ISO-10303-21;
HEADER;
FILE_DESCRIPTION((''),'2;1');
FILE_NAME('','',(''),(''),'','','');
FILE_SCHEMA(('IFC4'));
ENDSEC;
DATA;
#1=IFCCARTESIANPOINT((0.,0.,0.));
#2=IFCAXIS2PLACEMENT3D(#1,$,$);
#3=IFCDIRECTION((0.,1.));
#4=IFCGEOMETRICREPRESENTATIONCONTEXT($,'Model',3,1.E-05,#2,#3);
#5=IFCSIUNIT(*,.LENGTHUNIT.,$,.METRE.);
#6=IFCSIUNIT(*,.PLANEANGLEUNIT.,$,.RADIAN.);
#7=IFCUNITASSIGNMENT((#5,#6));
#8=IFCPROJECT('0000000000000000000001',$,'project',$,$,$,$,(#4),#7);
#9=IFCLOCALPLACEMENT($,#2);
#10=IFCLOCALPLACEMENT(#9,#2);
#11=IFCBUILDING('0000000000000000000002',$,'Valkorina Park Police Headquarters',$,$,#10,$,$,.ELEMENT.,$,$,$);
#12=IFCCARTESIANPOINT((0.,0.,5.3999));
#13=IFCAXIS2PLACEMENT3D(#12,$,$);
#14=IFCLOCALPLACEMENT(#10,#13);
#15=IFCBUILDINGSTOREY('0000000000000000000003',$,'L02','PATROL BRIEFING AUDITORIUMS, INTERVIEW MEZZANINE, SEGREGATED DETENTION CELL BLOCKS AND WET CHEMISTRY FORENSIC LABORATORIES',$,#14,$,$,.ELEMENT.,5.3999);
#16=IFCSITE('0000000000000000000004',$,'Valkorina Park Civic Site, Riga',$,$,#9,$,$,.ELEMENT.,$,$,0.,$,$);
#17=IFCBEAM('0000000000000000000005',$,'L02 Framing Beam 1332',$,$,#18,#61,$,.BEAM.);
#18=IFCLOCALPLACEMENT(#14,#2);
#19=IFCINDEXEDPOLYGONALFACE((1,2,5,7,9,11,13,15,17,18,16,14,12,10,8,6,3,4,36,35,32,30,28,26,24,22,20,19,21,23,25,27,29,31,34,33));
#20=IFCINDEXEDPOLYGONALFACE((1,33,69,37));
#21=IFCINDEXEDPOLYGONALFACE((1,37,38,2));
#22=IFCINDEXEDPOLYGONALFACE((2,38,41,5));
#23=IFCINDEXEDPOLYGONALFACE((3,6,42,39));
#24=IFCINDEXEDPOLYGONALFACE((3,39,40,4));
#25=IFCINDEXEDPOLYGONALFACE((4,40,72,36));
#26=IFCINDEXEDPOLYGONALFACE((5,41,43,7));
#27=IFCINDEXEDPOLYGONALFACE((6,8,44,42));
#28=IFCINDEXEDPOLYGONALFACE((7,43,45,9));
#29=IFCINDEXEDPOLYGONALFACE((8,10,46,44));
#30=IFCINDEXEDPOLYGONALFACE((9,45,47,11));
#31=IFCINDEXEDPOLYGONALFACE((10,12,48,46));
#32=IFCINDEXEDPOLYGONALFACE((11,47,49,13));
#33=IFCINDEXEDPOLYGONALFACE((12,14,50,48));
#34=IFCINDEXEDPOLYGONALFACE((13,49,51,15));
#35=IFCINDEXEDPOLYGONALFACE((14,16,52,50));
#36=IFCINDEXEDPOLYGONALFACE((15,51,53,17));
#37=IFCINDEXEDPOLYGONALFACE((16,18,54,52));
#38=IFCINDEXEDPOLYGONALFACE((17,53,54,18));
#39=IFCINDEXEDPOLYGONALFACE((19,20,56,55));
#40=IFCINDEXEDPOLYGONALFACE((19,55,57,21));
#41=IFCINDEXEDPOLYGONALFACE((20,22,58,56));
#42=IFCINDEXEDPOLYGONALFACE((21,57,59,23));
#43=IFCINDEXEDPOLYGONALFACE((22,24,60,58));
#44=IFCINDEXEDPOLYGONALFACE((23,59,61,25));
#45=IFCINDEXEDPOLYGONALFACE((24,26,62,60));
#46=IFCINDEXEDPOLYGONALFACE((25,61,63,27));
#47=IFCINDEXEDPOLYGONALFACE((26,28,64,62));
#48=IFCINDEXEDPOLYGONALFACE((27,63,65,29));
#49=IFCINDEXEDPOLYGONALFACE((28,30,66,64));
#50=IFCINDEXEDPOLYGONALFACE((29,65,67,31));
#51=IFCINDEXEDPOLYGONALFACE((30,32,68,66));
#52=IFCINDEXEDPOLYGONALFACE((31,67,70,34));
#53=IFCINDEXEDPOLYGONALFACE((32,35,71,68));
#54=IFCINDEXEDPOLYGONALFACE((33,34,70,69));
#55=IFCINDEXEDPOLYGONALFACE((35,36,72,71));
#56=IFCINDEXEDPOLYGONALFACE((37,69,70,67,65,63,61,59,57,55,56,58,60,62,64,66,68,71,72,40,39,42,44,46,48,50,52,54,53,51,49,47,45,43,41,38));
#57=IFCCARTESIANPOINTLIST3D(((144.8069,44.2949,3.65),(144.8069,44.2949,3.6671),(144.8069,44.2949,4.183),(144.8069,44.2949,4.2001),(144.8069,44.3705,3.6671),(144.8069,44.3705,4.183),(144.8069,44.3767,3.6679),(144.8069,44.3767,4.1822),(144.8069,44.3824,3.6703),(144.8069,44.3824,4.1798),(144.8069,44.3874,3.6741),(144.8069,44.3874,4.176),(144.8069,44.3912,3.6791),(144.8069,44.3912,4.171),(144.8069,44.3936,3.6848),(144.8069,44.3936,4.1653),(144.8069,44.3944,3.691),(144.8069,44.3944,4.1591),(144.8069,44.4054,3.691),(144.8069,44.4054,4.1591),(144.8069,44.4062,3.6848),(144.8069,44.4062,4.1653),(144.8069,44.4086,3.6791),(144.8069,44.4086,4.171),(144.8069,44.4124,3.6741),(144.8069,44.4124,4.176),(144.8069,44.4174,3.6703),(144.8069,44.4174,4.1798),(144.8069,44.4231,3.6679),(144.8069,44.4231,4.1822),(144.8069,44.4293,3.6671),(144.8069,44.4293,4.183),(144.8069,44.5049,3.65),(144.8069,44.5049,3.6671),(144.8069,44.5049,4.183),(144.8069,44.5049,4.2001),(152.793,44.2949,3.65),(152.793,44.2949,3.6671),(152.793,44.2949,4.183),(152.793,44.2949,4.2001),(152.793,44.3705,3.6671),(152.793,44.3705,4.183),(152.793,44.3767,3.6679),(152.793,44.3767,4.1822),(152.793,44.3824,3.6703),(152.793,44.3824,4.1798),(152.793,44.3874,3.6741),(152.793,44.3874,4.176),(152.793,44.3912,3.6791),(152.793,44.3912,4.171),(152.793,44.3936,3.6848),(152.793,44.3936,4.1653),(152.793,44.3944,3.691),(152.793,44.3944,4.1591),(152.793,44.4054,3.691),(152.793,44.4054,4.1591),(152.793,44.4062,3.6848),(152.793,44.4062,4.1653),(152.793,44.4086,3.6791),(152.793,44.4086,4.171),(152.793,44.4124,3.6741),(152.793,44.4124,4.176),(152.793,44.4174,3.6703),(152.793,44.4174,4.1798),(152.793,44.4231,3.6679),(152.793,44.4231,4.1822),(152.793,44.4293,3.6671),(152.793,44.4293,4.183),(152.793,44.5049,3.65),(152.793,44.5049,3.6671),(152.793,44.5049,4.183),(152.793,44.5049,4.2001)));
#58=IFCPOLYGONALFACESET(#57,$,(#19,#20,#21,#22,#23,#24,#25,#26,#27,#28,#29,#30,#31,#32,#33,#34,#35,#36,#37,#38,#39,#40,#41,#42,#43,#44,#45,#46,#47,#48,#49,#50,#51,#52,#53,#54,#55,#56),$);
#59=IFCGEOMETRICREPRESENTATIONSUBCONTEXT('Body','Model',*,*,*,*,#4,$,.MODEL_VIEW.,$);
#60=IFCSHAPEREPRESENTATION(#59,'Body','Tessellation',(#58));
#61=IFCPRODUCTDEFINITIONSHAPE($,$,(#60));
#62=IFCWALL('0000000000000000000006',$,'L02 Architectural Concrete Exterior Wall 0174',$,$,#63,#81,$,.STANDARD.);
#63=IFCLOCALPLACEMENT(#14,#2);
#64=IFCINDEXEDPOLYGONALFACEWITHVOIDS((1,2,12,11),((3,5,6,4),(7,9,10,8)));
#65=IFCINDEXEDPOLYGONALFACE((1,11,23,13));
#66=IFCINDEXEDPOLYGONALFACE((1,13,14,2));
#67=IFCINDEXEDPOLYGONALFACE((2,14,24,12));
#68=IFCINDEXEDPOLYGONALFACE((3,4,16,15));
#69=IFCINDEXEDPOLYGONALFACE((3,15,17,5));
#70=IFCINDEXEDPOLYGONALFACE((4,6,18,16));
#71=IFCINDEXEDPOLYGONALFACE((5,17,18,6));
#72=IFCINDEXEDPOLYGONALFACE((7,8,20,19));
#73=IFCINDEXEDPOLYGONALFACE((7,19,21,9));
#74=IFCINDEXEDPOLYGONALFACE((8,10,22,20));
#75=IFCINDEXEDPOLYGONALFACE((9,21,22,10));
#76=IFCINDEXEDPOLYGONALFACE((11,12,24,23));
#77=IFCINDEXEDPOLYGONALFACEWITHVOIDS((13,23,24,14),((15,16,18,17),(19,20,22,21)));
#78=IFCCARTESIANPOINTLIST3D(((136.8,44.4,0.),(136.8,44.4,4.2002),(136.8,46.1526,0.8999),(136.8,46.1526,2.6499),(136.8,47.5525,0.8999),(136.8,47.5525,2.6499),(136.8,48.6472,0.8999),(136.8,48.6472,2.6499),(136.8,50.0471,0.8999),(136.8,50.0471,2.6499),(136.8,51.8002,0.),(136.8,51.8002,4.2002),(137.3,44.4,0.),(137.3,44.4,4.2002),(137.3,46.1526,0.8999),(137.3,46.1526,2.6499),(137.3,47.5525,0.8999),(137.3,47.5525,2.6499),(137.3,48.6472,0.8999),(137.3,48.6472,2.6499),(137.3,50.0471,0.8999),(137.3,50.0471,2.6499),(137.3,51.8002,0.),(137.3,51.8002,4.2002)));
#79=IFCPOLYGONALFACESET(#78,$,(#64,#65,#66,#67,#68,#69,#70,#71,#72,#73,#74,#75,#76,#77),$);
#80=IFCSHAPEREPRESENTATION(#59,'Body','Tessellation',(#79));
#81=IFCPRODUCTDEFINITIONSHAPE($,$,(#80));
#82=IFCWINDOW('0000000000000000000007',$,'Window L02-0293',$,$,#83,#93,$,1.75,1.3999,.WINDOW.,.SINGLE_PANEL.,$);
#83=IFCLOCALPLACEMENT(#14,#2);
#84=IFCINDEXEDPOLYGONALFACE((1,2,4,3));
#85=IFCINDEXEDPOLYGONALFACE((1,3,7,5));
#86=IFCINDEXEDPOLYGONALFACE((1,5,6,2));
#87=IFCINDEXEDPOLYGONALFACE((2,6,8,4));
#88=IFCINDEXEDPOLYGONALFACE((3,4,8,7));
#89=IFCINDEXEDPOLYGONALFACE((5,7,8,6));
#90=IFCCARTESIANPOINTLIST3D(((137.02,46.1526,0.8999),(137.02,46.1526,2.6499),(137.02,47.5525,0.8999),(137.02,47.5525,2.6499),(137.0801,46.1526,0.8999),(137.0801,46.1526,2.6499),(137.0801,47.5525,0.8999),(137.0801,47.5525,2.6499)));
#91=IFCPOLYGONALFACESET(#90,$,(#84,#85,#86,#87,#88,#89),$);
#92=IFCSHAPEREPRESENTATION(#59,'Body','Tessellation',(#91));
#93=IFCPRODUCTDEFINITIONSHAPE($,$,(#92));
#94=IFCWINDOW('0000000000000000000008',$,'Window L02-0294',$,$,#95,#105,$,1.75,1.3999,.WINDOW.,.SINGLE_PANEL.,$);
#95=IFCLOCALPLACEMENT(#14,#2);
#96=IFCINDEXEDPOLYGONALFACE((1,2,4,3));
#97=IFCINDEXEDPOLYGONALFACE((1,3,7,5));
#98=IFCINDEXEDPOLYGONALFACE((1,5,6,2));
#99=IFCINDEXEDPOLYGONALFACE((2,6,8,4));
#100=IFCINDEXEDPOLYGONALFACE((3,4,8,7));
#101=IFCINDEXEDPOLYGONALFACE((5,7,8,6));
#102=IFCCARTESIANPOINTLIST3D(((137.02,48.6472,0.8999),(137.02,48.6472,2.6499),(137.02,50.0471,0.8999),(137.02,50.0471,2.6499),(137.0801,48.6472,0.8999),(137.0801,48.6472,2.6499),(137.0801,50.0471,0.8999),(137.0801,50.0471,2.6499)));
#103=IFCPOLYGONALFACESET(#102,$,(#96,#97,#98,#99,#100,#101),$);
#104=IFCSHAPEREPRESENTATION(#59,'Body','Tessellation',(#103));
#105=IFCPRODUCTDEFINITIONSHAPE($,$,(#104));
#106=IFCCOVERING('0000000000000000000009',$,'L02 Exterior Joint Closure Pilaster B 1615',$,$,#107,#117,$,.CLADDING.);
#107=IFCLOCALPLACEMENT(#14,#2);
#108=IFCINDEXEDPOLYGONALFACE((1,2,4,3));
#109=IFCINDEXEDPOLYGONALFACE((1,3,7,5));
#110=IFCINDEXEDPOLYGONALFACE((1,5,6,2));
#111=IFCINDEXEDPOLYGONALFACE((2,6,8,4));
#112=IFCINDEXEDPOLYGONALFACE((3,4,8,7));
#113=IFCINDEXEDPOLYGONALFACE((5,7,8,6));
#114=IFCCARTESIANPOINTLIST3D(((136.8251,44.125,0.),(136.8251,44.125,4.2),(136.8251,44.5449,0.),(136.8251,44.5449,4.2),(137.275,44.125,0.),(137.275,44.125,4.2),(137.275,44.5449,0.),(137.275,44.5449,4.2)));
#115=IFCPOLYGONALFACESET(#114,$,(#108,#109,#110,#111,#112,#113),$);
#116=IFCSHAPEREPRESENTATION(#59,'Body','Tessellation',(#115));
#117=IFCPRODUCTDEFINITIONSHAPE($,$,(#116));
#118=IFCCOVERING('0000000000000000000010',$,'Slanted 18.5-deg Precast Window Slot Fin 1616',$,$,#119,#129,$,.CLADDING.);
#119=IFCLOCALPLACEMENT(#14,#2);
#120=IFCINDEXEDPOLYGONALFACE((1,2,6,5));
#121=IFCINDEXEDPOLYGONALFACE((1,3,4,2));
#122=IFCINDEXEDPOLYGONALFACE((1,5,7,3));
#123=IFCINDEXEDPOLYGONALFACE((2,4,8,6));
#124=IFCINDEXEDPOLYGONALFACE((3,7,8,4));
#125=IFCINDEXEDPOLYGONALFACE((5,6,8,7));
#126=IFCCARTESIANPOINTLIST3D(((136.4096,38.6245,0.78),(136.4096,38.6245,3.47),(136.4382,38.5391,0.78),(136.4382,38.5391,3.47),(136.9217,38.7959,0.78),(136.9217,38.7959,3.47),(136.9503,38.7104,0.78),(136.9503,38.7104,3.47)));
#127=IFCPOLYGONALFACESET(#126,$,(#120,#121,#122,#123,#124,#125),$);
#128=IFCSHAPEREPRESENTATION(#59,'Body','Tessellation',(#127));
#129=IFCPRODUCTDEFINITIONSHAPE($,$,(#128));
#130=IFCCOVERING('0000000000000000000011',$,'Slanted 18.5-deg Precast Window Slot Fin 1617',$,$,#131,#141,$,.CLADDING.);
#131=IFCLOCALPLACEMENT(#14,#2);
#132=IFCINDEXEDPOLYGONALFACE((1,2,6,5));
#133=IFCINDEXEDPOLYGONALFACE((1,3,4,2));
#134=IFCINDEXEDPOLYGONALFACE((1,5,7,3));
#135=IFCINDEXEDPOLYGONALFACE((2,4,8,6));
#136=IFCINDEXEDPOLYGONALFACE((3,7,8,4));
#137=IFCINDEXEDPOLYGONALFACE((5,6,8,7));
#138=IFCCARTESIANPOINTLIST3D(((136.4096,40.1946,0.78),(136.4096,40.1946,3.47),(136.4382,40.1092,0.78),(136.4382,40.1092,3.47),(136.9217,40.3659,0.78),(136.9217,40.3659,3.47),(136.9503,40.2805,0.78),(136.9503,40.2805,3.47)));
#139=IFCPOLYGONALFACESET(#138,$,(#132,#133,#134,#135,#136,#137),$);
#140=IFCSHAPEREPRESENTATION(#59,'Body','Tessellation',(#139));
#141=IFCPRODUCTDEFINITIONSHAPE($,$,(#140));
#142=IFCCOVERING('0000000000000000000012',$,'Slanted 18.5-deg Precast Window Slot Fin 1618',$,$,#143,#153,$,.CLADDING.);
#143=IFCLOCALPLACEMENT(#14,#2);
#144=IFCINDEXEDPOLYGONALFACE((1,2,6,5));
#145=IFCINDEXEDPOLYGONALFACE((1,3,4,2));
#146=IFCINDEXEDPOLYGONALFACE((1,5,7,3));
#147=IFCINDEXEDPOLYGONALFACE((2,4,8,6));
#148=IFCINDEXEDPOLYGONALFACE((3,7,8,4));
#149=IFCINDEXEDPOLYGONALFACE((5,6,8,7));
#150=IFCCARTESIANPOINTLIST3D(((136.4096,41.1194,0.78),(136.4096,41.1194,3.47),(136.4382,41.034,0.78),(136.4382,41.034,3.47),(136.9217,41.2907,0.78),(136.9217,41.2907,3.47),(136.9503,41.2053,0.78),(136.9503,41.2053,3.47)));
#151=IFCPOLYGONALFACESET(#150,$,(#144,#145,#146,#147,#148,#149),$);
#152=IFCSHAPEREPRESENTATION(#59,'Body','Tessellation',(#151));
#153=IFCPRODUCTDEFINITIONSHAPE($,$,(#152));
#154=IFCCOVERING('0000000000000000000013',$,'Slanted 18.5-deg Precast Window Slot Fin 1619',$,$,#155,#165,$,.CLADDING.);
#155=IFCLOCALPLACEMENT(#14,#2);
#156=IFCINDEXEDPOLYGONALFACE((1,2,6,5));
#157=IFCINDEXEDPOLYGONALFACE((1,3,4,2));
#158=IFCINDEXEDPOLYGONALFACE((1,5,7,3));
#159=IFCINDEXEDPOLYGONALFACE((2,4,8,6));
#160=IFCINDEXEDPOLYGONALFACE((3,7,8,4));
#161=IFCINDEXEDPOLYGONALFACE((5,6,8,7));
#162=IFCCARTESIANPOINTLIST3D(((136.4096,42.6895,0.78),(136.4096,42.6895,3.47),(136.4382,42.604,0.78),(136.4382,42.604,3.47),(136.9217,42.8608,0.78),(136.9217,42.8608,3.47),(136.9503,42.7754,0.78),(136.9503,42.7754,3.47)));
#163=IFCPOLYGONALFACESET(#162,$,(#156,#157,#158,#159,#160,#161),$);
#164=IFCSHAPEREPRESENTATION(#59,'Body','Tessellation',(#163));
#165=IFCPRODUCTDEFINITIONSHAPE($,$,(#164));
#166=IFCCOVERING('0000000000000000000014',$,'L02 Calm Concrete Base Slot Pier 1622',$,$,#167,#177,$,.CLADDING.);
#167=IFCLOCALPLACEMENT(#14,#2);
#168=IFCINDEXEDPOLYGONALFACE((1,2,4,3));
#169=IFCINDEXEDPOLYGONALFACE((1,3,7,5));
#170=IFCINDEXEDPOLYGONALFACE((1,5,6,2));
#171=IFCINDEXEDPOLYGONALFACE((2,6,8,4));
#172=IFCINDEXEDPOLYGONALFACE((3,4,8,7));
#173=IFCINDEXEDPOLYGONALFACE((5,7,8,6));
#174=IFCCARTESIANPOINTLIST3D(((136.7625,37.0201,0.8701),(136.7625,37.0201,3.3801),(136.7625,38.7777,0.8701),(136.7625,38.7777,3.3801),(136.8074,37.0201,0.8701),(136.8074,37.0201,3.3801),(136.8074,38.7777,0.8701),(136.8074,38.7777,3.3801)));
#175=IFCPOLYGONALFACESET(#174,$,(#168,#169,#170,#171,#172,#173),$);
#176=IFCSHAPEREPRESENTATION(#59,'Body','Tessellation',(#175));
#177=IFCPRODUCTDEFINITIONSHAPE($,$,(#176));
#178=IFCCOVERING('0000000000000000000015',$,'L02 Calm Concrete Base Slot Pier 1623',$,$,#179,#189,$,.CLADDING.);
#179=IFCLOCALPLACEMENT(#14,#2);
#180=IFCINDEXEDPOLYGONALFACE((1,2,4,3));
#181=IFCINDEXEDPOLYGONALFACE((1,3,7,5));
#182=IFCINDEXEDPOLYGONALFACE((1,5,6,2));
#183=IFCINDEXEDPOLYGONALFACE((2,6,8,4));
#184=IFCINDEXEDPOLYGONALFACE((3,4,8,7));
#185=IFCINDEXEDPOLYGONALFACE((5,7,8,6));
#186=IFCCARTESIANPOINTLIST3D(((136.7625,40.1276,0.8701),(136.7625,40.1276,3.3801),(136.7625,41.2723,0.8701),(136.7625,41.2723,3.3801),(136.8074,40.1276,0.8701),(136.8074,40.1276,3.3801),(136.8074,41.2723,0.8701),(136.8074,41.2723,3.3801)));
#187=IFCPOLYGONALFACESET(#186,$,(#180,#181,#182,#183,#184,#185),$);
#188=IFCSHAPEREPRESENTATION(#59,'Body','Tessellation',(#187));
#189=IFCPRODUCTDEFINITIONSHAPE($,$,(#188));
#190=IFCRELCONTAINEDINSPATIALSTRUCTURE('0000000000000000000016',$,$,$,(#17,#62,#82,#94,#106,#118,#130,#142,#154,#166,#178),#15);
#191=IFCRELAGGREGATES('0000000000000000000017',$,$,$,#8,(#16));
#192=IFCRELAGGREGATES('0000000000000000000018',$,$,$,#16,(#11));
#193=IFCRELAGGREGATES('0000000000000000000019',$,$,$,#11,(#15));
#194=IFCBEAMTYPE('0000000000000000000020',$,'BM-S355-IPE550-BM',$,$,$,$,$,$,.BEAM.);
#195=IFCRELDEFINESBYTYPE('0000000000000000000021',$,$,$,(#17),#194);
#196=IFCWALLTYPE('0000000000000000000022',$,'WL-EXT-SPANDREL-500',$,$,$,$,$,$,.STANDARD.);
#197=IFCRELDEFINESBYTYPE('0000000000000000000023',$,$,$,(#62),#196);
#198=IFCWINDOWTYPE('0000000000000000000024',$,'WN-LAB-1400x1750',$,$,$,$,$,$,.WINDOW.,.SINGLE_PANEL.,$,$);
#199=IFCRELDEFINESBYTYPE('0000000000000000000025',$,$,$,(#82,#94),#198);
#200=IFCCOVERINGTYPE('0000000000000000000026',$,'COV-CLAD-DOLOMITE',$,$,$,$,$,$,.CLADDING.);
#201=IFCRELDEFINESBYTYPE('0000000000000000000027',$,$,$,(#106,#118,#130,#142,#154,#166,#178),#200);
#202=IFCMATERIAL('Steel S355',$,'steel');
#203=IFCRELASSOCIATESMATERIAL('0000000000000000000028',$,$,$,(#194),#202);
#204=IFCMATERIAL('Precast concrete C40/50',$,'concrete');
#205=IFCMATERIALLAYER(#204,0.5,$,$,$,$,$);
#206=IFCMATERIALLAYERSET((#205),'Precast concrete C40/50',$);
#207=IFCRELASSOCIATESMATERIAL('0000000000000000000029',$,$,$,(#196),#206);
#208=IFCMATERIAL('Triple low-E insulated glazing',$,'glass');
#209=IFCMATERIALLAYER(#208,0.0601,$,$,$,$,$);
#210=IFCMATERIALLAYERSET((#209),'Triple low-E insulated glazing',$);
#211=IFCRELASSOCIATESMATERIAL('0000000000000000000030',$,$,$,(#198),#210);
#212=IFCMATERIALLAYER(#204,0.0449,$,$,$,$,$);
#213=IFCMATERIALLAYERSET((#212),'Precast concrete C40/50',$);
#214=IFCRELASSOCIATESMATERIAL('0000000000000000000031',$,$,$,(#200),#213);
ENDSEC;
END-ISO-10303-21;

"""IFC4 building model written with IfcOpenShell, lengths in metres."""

from ifc_helpers import new_model, si_unit, direction, frame, frame_2d, origin, origin_2d, place, context, subcontext, project, spatial, rectangle, i_section, extrude, material, layer, layer_set, material_profile, profile_set, type_object, element, fill, save


model = new_model("IFC4")

# Units and contexts
model_context = context("Model", 3, precision=1e-05, world=origin(), true_north=direction((0.0, 1.0)))
body_context = subcontext(model_context, "Body", "Model", "MODEL_VIEW")
ifc_project = project(units=[si_unit("LENGTHUNIT", "METRE"), si_unit("PLANEANGLEUNIT", "RADIAN")], contexts=[model_context])

# Site, building, storey
site_placement = place(None, origin())
site = spatial("IfcSite", under=ifc_project, at=site_placement, Name="Valkorina Park Civic Site, Riga", CompositionType="ELEMENT", RefElevation=0.0)
building_placement = place(site_placement, origin())
building = spatial("IfcBuilding", under=site, at=building_placement, Name="Valkorina Park Police Headquarters", CompositionType="ELEMENT")
storey_placement = place(building_placement, frame((0.0, 0.0, 5.3999)))
storey = spatial("IfcBuildingStorey", under=building, at=storey_placement, Name="L02", Description="PATROL BRIEFING AUDITORIUMS, INTERVIEW MEZZANINE, SEGREGATED DETENTION CELL BLOCKS AND WET CHEMISTRY FORENSIC LABORATORIES", CompositionType="ELEMENT", Elevation=5.3999)

# Shared definitions
ifc_material_1 = material(Name="Steel S355", Category="steel")

# Beam
ifc_material_profile_1 = material_profile(ifc_material_1, i_section(OverallWidth=0.21, OverallDepth=0.55, WebThickness=0.011, FlangeThickness=0.0171, FilletRadius=0.0239, at=origin_2d()), Name="IPE 550")
ifc_profile_set_1 = profile_set([ifc_material_profile_1], Name="Steel S355")
beam_type_1 = type_object("IfcBeamType", Name="BM-S355-IPE550-BM", PredefinedType="BEAM", material=ifc_profile_set_1)
for number, where, z_axis, x_axis, name in (
    (1, (144.8069, 44.3999, 3.925), (1.0, 0.0, 0.0), (0.0, 1.0, 0.0), "L02 Framing Beam 1332"),
):
    element("IfcBeam", number, at=place(storey_placement, frame(where, z_axis=z_axis, x_axis=x_axis)), inside=storey, type_object=beam_type_1, Name=name, PredefinedType="BEAM", context=body_context, shape_type="SweptSolid", body=[
        extrude(i_section(OverallWidth=0.21, OverallDepth=0.55, WebThickness=0.011, FlangeThickness=0.0171, FilletRadius=0.0239, at=origin_2d()), origin(), (0.0, 0.0, 1.0), 7.9861),
    ])

# Wall, openings, windows
ifc_material_2 = material(Name="Precast concrete C40/50", Category="concrete")
ifc_layer_1 = layer(ifc_material_2, 0.5)
ifc_layer_set_1 = layer_set([ifc_layer_1], Name="Precast concrete C40/50")
wall_type = type_object("IfcWallType", Name="WL-EXT-SPANDREL-500", PredefinedType="STANDARD", material=ifc_layer_set_1)
wall_placement = place(storey_placement, frame((137.05, 44.3999, 0.0), z_axis=(0.0, 0.0, 1.0), x_axis=(0.0, 1.0, 0.0)))
wall = element("IfcWall", 2, at=wall_placement, inside=storey, type_object=wall_type, Name="L02 Architectural Concrete Exterior Wall 0174", PredefinedType="STANDARD", context=body_context, shape_type="SweptSolid", body=[
    extrude(rectangle(XDim=7.4001, YDim=0.5, at=frame_2d((3.7002, 0.0))), origin(), (0.0, 0.0, 1.0), 4.2002),
])
opening_1_placement = place(wall_placement, frame((1.7527, 0.0, 0.8999)))
opening_1 = element("IfcOpeningElement", 3, at=opening_1_placement, cuts=wall, PredefinedType="OPENING", context=body_context, shape_type="SweptSolid", body=[
    extrude(rectangle(XDim=1.3999, YDim=1.75, at=frame_2d((0.7, 0.875))), frame((0.0, 0.26, 0.0), z_axis=(0.0, -1.0, 0.0), x_axis=(1.0, 0.0, 0.0)), (0.0, 0.0, 1.0), 0.52),
])
opening_2_placement = place(wall_placement, frame((4.2473, 0.0, 0.8999)))
opening_2 = element("IfcOpeningElement", 4, at=opening_2_placement, cuts=wall, PredefinedType="OPENING", context=body_context, shape_type="SweptSolid", body=[
    extrude(rectangle(XDim=1.3999, YDim=1.75, at=frame_2d((0.7, 0.875))), frame((0.0, 0.26, 0.0), z_axis=(0.0, -1.0, 0.0), x_axis=(1.0, 0.0, 0.0)), (0.0, 0.0, 1.0), 0.52),
])
ifc_material_3 = material(Name="Triple low-E insulated glazing", Category="glass")
ifc_layer_2 = layer(ifc_material_3, 0.0601)
ifc_layer_set_2 = layer_set([ifc_layer_2], Name="Triple low-E insulated glazing")
window_type = type_object("IfcWindowType", Name="WN-LAB-1400x1750", PartitioningType="SINGLE_PANEL", PredefinedType="WINDOW", material=ifc_layer_set_2)
window_1_placement = place(opening_1_placement, origin())
window_1 = element("IfcWindow", 5, at=window_1_placement, inside=storey, type_object=window_type, Name="Window L02-0293", OverallHeight=1.75, OverallWidth=1.3999, PartitioningType="SINGLE_PANEL", PredefinedType="WINDOW", context=body_context, shape_type="SweptSolid", body=[
    extrude(rectangle(XDim=1.3999, YDim=1.75, at=frame_2d((0.7, 0.875))), frame((0.0, 0.03, 0.0), z_axis=(0.0, -1.0, 0.0), x_axis=(1.0, 0.0, 0.0)), (0.0, 0.0, 1.0), 0.0601),
])
fill(opening_1, window_1)
window_2_placement = place(opening_2_placement, origin())
window_2 = element("IfcWindow", 6, at=window_2_placement, inside=storey, type_object=window_type, Name="Window L02-0294", OverallHeight=1.75, OverallWidth=1.3999, PartitioningType="SINGLE_PANEL", PredefinedType="WINDOW", context=body_context, shape_type="SweptSolid", body=[
    extrude(rectangle(XDim=1.3999, YDim=1.75, at=frame_2d((0.7, 0.875))), frame((0.0, 0.03, 0.0), z_axis=(0.0, -1.0, 0.0), x_axis=(1.0, 0.0, 0.0)), (0.0, 0.0, 1.0), 0.0601),
])
fill(opening_2, window_2)

# Coverings
ifc_layer_3 = layer(ifc_material_2, 0.0449)
ifc_layer_set_3 = layer_set([ifc_layer_3], Name="Precast concrete C40/50")
covering_type = type_object("IfcCoveringType", Name="COV-CLAD-DOLOMITE", PredefinedType="CLADDING", material=ifc_layer_set_3)
covering_1_placement = place(storey_placement, frame((137.05, 44.335, 0.0), z_axis=(0.0, 0.0, 1.0), x_axis=(0.0, 1.0, 0.0)))
element("IfcCovering", 7, at=covering_1_placement, inside=storey, type_object=covering_type, Name="L02 Exterior Joint Closure Pilaster B 1615", PredefinedType="CLADDING", context=body_context, shape_type="SweptSolid", body=[
    extrude(rectangle(XDim=0.4199, YDim=0.45, at=origin_2d()), origin(), (0.0, 0.0, 1.0), 4.2),
])
for number, where, z_axis, x_axis, name in (
    (8, (136.6799, 38.6675, 0.78), (0.0, 0.0, 1.0), (-0.948324, -0.317305, 0.0), "Slanted 18.5-deg Precast Window Slot Fin 1616"),
    (9, (136.6799, 40.2375, 0.78), (0.0, 0.0, 1.0), (-0.948324, -0.317305, 0.0), "Slanted 18.5-deg Precast Window Slot Fin 1617"),
    (10, (136.6799, 41.1624, 0.78), (0.0, 0.0, 1.0), (-0.948324, -0.317305, 0.0), "Slanted 18.5-deg Precast Window Slot Fin 1618"),
    (11, (136.6799, 42.7324, 0.78), (0.0, 0.0, 1.0), (-0.948324, -0.317305, 0.0), "Slanted 18.5-deg Precast Window Slot Fin 1619"),
):
    element("IfcCovering", number, at=place(storey_placement, frame(where, z_axis=z_axis, x_axis=x_axis)), inside=storey, type_object=covering_type, Name=name, PredefinedType="CLADDING", context=body_context, shape_type="SweptSolid", body=[
        extrude(rectangle(XDim=0.54, YDim=0.0901, at=origin_2d()), origin(), (0.0, 0.0, 1.0), 2.6899),
    ])
covering_2_placement = place(storey_placement, frame((136.7849, 37.02, 0.8701), z_axis=(0.0, 0.0, 1.0), x_axis=(0.0, 1.0, 0.0)))
element("IfcCovering", 12, at=covering_2_placement, inside=storey, type_object=covering_type, Name="L02 Calm Concrete Base Slot Pier 1622", PredefinedType="CLADDING", context=body_context, shape_type="SweptSolid", body=[
    extrude(rectangle(XDim=1.7576, YDim=0.0449, at=frame_2d((0.8789, 0.0))), origin(), (0.0, 0.0, 1.0), 2.51),
])
covering_3_placement = place(storey_placement, frame((136.7849, 40.1277, 0.8701), z_axis=(0.0, 0.0, 1.0), x_axis=(0.0, 1.0, 0.0)))
element("IfcCovering", 13, at=covering_3_placement, inside=storey, type_object=covering_type, Name="L02 Calm Concrete Base Slot Pier 1623", PredefinedType="CLADDING", context=body_context, shape_type="SweptSolid", body=[
    extrude(rectangle(XDim=1.1448, YDim=0.0449, at=frame_2d((0.5723, 0.0))), origin(), (0.0, 0.0, 1.0), 2.51),
])

save(model, "model.ifc")
